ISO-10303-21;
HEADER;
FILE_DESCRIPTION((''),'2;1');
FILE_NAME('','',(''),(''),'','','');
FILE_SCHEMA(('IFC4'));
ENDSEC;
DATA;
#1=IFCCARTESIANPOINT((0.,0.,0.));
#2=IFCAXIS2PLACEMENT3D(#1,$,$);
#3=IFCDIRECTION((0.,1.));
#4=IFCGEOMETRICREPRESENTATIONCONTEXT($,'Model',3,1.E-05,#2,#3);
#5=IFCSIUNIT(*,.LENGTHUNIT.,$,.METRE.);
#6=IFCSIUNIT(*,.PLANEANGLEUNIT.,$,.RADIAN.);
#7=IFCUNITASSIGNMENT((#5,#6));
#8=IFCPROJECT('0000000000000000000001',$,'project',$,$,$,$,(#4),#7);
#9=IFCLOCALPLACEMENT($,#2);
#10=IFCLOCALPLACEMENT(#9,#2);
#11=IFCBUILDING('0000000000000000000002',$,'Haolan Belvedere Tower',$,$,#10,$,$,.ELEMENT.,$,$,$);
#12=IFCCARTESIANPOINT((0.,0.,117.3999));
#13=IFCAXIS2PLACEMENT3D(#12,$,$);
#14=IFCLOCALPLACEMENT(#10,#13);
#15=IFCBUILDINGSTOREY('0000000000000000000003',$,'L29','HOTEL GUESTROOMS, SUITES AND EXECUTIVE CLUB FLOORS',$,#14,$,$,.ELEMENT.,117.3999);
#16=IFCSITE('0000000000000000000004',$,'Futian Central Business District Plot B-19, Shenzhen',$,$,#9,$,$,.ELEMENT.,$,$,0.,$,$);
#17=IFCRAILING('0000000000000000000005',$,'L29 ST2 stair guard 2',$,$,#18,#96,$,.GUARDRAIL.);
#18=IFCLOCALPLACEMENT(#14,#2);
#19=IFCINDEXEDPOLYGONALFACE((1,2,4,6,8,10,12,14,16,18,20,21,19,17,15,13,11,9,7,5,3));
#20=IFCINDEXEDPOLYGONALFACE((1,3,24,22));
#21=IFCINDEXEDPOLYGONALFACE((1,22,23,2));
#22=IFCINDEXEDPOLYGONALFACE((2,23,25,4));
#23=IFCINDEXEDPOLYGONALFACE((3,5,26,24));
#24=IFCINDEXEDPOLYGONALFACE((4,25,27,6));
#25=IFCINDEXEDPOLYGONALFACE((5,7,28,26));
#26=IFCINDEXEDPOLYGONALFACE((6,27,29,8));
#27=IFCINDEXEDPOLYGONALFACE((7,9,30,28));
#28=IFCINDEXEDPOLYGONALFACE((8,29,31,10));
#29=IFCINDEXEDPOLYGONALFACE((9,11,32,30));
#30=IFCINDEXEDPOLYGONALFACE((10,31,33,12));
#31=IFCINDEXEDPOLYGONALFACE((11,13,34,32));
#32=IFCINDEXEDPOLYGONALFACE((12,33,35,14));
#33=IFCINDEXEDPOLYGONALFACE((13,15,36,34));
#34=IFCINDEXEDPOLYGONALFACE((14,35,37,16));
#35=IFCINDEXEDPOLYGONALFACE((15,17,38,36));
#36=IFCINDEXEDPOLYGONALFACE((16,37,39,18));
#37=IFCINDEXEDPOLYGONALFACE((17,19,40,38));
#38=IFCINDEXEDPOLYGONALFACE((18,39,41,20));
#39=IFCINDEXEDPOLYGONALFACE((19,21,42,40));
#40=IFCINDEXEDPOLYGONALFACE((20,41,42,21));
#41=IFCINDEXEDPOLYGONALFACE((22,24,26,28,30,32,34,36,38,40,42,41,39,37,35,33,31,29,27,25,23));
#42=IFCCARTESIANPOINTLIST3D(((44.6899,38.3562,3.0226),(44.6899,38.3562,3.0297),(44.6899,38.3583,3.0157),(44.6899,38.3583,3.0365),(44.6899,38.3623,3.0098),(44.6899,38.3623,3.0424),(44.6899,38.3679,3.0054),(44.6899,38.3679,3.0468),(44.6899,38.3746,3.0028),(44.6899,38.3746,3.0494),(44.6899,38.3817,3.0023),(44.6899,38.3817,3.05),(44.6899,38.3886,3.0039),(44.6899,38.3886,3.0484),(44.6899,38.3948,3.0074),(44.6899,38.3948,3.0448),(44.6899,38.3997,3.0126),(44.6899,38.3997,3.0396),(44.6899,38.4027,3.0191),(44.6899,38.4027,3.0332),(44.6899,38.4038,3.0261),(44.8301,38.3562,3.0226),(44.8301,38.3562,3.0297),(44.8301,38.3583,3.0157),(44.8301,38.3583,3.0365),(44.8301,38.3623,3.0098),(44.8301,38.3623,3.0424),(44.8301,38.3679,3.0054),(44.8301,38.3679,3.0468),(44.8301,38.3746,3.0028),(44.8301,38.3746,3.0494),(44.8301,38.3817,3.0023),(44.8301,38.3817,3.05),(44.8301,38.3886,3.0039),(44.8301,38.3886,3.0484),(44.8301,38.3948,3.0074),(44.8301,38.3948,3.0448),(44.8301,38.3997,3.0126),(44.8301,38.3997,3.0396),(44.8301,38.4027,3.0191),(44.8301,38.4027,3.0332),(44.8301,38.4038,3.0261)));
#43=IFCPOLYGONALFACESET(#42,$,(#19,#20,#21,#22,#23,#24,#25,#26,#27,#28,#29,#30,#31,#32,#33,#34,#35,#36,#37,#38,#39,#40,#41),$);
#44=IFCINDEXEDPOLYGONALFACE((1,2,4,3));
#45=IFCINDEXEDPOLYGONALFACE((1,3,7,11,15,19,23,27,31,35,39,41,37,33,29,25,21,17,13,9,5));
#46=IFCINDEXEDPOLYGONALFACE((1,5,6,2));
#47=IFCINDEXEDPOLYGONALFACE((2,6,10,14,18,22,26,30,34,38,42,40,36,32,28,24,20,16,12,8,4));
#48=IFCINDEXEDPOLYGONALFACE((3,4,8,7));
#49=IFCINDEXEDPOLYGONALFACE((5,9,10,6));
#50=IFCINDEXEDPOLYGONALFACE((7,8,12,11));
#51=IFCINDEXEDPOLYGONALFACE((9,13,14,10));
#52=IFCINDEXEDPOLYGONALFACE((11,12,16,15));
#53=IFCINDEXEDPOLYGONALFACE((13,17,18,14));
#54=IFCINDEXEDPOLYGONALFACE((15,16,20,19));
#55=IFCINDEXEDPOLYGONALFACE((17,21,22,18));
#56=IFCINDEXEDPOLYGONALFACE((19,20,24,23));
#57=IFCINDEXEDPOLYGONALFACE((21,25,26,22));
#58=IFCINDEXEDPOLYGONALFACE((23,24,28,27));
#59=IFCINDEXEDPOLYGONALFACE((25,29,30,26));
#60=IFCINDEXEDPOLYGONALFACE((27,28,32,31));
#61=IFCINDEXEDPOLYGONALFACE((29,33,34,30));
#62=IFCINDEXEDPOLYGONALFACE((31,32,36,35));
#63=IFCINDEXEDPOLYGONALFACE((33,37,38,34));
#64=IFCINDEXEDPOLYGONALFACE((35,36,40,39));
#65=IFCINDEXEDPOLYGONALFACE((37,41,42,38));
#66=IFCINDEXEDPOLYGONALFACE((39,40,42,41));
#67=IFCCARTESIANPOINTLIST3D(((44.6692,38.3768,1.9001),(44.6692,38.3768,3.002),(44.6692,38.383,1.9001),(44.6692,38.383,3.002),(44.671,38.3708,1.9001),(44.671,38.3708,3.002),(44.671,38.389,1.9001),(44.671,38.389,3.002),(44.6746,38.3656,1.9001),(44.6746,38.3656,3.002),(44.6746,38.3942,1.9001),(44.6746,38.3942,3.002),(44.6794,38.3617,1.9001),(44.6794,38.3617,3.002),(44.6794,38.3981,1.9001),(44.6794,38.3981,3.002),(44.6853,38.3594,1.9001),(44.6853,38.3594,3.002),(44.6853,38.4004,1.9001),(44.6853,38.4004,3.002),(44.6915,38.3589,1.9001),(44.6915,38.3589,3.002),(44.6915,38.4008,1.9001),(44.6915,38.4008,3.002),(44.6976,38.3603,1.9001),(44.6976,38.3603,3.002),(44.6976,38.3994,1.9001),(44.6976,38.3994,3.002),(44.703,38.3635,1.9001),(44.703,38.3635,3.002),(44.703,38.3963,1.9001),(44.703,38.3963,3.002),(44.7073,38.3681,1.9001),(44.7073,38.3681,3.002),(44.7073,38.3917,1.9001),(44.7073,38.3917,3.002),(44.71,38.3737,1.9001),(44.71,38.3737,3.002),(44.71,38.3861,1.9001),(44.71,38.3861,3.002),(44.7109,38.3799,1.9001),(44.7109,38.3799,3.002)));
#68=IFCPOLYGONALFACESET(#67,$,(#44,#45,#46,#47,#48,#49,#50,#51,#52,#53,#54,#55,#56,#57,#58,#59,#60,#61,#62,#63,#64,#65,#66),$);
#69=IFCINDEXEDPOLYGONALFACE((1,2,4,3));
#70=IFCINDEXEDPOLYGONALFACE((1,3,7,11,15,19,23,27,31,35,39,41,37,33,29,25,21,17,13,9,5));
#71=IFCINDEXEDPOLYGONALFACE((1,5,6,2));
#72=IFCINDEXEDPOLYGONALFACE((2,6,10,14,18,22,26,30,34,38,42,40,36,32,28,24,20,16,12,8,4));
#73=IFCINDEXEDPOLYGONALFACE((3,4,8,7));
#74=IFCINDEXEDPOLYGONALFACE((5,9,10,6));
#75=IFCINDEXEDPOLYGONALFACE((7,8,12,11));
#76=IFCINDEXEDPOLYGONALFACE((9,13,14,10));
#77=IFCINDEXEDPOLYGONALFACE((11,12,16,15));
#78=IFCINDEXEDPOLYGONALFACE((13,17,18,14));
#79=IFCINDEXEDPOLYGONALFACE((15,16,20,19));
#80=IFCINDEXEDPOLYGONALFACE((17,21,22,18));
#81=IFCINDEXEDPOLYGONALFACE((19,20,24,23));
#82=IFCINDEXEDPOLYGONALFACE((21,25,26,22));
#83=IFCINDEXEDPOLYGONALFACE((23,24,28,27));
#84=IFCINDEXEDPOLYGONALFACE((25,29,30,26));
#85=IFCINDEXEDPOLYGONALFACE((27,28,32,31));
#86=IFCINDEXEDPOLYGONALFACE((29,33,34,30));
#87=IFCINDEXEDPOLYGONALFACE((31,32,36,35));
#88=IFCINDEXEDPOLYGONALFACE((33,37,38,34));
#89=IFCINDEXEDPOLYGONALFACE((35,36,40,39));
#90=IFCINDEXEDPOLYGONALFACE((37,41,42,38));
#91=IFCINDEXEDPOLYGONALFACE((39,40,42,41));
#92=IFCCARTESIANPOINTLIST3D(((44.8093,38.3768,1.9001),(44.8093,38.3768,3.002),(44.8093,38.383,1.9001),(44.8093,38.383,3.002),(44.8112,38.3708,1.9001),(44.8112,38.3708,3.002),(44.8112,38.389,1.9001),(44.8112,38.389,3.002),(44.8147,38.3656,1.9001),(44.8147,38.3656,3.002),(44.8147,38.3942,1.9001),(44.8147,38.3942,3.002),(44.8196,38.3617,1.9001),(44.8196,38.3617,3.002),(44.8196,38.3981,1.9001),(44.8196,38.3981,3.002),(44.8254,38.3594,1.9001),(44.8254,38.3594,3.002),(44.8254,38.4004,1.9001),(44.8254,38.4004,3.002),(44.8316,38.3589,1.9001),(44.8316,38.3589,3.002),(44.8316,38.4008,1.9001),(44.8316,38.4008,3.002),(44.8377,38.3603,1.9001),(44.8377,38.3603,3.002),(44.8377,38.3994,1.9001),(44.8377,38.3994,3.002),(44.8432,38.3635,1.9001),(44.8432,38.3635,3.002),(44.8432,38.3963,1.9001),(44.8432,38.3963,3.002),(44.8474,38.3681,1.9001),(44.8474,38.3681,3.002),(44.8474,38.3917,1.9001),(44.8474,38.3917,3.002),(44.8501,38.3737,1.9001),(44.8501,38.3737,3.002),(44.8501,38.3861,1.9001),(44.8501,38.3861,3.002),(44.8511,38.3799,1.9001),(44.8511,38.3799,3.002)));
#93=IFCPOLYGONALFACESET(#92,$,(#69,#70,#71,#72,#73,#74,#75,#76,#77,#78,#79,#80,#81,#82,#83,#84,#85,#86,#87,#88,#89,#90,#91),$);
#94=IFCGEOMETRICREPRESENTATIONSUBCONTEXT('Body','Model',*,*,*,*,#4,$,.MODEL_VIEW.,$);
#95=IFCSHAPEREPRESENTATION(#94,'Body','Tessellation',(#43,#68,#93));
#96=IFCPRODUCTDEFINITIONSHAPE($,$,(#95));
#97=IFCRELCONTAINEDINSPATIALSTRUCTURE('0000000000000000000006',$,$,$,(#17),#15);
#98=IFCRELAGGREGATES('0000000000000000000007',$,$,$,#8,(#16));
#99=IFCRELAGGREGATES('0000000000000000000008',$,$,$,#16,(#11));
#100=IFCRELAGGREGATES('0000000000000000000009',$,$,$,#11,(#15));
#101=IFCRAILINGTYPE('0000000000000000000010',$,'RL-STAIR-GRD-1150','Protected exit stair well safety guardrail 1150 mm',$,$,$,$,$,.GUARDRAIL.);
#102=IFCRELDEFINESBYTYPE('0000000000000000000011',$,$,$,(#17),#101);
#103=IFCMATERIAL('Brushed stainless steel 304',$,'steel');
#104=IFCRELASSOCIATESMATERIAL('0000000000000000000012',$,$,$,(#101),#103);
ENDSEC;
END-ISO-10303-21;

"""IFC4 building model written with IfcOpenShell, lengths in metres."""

from ifc_helpers import new_model, si_unit, direction, frame, origin, origin_2d, place, context, subcontext, project, spatial, circle, extrude, material, type_object, element, save


model = new_model("IFC4")

# Units and contexts
model_context = context("Model", 3, precision=1e-05, world=origin(), true_north=direction((0.0, 1.0)))
body_context = subcontext(model_context, "Body", "Model", "MODEL_VIEW")
ifc_project = project(units=[si_unit("LENGTHUNIT", "METRE"), si_unit("PLANEANGLEUNIT", "RADIAN")], contexts=[model_context])

# Site, building, storey
site_placement = place(None, origin())
site = spatial("IfcSite", under=ifc_project, at=site_placement, Name="Futian Central Business District Plot B-19, Shenzhen", CompositionType="ELEMENT", RefElevation=0.0)
building_placement = place(site_placement, origin())
building = spatial("IfcBuilding", under=site, at=building_placement, Name="Haolan Belvedere Tower", CompositionType="ELEMENT")
storey_placement = place(building_placement, frame((0.0, 0.0, 117.3999)))
storey = spatial("IfcBuildingStorey", under=building, at=storey_placement, Name="L29", Description="HOTEL GUESTROOMS, SUITES AND EXECUTIVE CLUB FLOORS", CompositionType="ELEMENT", Elevation=117.3999)

# Railing
ifc_material_1 = material(Name="Brushed stainless steel 304", Category="steel")
railing_type_1 = type_object("IfcRailingType", Name="RL-STAIR-GRD-1150", Description="Protected exit stair well safety guardrail 1150 mm", PredefinedType="GUARDRAIL", material=ifc_material_1)
railing_1_placement = place(storey_placement, frame((44.6899, 38.3799, 1.9001)))
element("IfcRailing", 1, at=railing_1_placement, inside=storey, type_object=railing_type_1, Name="L29 ST2 stair guard 2", PredefinedType="GUARDRAIL", context=body_context, shape_type="SweptSolid", body=[
    extrude(circle(Radius=0.0239, at=origin_2d()), frame((0.0, 0.0, 1.126), z_axis=(1.0, 0.0, 0.0), x_axis=(0.0, 1.0, 0.0)), (0.0, 0.0, 1.0), 0.1401),
    extrude(circle(Radius=0.021, at=origin_2d()), origin(), (0.0, 0.0, 1.0), 1.1018),
    extrude(circle(Radius=0.021, at=origin_2d()), frame((0.1401, 0.0, 0.0)), (0.0, 0.0, 1.0), 1.1018),
])

save(model, "model.ifc")
